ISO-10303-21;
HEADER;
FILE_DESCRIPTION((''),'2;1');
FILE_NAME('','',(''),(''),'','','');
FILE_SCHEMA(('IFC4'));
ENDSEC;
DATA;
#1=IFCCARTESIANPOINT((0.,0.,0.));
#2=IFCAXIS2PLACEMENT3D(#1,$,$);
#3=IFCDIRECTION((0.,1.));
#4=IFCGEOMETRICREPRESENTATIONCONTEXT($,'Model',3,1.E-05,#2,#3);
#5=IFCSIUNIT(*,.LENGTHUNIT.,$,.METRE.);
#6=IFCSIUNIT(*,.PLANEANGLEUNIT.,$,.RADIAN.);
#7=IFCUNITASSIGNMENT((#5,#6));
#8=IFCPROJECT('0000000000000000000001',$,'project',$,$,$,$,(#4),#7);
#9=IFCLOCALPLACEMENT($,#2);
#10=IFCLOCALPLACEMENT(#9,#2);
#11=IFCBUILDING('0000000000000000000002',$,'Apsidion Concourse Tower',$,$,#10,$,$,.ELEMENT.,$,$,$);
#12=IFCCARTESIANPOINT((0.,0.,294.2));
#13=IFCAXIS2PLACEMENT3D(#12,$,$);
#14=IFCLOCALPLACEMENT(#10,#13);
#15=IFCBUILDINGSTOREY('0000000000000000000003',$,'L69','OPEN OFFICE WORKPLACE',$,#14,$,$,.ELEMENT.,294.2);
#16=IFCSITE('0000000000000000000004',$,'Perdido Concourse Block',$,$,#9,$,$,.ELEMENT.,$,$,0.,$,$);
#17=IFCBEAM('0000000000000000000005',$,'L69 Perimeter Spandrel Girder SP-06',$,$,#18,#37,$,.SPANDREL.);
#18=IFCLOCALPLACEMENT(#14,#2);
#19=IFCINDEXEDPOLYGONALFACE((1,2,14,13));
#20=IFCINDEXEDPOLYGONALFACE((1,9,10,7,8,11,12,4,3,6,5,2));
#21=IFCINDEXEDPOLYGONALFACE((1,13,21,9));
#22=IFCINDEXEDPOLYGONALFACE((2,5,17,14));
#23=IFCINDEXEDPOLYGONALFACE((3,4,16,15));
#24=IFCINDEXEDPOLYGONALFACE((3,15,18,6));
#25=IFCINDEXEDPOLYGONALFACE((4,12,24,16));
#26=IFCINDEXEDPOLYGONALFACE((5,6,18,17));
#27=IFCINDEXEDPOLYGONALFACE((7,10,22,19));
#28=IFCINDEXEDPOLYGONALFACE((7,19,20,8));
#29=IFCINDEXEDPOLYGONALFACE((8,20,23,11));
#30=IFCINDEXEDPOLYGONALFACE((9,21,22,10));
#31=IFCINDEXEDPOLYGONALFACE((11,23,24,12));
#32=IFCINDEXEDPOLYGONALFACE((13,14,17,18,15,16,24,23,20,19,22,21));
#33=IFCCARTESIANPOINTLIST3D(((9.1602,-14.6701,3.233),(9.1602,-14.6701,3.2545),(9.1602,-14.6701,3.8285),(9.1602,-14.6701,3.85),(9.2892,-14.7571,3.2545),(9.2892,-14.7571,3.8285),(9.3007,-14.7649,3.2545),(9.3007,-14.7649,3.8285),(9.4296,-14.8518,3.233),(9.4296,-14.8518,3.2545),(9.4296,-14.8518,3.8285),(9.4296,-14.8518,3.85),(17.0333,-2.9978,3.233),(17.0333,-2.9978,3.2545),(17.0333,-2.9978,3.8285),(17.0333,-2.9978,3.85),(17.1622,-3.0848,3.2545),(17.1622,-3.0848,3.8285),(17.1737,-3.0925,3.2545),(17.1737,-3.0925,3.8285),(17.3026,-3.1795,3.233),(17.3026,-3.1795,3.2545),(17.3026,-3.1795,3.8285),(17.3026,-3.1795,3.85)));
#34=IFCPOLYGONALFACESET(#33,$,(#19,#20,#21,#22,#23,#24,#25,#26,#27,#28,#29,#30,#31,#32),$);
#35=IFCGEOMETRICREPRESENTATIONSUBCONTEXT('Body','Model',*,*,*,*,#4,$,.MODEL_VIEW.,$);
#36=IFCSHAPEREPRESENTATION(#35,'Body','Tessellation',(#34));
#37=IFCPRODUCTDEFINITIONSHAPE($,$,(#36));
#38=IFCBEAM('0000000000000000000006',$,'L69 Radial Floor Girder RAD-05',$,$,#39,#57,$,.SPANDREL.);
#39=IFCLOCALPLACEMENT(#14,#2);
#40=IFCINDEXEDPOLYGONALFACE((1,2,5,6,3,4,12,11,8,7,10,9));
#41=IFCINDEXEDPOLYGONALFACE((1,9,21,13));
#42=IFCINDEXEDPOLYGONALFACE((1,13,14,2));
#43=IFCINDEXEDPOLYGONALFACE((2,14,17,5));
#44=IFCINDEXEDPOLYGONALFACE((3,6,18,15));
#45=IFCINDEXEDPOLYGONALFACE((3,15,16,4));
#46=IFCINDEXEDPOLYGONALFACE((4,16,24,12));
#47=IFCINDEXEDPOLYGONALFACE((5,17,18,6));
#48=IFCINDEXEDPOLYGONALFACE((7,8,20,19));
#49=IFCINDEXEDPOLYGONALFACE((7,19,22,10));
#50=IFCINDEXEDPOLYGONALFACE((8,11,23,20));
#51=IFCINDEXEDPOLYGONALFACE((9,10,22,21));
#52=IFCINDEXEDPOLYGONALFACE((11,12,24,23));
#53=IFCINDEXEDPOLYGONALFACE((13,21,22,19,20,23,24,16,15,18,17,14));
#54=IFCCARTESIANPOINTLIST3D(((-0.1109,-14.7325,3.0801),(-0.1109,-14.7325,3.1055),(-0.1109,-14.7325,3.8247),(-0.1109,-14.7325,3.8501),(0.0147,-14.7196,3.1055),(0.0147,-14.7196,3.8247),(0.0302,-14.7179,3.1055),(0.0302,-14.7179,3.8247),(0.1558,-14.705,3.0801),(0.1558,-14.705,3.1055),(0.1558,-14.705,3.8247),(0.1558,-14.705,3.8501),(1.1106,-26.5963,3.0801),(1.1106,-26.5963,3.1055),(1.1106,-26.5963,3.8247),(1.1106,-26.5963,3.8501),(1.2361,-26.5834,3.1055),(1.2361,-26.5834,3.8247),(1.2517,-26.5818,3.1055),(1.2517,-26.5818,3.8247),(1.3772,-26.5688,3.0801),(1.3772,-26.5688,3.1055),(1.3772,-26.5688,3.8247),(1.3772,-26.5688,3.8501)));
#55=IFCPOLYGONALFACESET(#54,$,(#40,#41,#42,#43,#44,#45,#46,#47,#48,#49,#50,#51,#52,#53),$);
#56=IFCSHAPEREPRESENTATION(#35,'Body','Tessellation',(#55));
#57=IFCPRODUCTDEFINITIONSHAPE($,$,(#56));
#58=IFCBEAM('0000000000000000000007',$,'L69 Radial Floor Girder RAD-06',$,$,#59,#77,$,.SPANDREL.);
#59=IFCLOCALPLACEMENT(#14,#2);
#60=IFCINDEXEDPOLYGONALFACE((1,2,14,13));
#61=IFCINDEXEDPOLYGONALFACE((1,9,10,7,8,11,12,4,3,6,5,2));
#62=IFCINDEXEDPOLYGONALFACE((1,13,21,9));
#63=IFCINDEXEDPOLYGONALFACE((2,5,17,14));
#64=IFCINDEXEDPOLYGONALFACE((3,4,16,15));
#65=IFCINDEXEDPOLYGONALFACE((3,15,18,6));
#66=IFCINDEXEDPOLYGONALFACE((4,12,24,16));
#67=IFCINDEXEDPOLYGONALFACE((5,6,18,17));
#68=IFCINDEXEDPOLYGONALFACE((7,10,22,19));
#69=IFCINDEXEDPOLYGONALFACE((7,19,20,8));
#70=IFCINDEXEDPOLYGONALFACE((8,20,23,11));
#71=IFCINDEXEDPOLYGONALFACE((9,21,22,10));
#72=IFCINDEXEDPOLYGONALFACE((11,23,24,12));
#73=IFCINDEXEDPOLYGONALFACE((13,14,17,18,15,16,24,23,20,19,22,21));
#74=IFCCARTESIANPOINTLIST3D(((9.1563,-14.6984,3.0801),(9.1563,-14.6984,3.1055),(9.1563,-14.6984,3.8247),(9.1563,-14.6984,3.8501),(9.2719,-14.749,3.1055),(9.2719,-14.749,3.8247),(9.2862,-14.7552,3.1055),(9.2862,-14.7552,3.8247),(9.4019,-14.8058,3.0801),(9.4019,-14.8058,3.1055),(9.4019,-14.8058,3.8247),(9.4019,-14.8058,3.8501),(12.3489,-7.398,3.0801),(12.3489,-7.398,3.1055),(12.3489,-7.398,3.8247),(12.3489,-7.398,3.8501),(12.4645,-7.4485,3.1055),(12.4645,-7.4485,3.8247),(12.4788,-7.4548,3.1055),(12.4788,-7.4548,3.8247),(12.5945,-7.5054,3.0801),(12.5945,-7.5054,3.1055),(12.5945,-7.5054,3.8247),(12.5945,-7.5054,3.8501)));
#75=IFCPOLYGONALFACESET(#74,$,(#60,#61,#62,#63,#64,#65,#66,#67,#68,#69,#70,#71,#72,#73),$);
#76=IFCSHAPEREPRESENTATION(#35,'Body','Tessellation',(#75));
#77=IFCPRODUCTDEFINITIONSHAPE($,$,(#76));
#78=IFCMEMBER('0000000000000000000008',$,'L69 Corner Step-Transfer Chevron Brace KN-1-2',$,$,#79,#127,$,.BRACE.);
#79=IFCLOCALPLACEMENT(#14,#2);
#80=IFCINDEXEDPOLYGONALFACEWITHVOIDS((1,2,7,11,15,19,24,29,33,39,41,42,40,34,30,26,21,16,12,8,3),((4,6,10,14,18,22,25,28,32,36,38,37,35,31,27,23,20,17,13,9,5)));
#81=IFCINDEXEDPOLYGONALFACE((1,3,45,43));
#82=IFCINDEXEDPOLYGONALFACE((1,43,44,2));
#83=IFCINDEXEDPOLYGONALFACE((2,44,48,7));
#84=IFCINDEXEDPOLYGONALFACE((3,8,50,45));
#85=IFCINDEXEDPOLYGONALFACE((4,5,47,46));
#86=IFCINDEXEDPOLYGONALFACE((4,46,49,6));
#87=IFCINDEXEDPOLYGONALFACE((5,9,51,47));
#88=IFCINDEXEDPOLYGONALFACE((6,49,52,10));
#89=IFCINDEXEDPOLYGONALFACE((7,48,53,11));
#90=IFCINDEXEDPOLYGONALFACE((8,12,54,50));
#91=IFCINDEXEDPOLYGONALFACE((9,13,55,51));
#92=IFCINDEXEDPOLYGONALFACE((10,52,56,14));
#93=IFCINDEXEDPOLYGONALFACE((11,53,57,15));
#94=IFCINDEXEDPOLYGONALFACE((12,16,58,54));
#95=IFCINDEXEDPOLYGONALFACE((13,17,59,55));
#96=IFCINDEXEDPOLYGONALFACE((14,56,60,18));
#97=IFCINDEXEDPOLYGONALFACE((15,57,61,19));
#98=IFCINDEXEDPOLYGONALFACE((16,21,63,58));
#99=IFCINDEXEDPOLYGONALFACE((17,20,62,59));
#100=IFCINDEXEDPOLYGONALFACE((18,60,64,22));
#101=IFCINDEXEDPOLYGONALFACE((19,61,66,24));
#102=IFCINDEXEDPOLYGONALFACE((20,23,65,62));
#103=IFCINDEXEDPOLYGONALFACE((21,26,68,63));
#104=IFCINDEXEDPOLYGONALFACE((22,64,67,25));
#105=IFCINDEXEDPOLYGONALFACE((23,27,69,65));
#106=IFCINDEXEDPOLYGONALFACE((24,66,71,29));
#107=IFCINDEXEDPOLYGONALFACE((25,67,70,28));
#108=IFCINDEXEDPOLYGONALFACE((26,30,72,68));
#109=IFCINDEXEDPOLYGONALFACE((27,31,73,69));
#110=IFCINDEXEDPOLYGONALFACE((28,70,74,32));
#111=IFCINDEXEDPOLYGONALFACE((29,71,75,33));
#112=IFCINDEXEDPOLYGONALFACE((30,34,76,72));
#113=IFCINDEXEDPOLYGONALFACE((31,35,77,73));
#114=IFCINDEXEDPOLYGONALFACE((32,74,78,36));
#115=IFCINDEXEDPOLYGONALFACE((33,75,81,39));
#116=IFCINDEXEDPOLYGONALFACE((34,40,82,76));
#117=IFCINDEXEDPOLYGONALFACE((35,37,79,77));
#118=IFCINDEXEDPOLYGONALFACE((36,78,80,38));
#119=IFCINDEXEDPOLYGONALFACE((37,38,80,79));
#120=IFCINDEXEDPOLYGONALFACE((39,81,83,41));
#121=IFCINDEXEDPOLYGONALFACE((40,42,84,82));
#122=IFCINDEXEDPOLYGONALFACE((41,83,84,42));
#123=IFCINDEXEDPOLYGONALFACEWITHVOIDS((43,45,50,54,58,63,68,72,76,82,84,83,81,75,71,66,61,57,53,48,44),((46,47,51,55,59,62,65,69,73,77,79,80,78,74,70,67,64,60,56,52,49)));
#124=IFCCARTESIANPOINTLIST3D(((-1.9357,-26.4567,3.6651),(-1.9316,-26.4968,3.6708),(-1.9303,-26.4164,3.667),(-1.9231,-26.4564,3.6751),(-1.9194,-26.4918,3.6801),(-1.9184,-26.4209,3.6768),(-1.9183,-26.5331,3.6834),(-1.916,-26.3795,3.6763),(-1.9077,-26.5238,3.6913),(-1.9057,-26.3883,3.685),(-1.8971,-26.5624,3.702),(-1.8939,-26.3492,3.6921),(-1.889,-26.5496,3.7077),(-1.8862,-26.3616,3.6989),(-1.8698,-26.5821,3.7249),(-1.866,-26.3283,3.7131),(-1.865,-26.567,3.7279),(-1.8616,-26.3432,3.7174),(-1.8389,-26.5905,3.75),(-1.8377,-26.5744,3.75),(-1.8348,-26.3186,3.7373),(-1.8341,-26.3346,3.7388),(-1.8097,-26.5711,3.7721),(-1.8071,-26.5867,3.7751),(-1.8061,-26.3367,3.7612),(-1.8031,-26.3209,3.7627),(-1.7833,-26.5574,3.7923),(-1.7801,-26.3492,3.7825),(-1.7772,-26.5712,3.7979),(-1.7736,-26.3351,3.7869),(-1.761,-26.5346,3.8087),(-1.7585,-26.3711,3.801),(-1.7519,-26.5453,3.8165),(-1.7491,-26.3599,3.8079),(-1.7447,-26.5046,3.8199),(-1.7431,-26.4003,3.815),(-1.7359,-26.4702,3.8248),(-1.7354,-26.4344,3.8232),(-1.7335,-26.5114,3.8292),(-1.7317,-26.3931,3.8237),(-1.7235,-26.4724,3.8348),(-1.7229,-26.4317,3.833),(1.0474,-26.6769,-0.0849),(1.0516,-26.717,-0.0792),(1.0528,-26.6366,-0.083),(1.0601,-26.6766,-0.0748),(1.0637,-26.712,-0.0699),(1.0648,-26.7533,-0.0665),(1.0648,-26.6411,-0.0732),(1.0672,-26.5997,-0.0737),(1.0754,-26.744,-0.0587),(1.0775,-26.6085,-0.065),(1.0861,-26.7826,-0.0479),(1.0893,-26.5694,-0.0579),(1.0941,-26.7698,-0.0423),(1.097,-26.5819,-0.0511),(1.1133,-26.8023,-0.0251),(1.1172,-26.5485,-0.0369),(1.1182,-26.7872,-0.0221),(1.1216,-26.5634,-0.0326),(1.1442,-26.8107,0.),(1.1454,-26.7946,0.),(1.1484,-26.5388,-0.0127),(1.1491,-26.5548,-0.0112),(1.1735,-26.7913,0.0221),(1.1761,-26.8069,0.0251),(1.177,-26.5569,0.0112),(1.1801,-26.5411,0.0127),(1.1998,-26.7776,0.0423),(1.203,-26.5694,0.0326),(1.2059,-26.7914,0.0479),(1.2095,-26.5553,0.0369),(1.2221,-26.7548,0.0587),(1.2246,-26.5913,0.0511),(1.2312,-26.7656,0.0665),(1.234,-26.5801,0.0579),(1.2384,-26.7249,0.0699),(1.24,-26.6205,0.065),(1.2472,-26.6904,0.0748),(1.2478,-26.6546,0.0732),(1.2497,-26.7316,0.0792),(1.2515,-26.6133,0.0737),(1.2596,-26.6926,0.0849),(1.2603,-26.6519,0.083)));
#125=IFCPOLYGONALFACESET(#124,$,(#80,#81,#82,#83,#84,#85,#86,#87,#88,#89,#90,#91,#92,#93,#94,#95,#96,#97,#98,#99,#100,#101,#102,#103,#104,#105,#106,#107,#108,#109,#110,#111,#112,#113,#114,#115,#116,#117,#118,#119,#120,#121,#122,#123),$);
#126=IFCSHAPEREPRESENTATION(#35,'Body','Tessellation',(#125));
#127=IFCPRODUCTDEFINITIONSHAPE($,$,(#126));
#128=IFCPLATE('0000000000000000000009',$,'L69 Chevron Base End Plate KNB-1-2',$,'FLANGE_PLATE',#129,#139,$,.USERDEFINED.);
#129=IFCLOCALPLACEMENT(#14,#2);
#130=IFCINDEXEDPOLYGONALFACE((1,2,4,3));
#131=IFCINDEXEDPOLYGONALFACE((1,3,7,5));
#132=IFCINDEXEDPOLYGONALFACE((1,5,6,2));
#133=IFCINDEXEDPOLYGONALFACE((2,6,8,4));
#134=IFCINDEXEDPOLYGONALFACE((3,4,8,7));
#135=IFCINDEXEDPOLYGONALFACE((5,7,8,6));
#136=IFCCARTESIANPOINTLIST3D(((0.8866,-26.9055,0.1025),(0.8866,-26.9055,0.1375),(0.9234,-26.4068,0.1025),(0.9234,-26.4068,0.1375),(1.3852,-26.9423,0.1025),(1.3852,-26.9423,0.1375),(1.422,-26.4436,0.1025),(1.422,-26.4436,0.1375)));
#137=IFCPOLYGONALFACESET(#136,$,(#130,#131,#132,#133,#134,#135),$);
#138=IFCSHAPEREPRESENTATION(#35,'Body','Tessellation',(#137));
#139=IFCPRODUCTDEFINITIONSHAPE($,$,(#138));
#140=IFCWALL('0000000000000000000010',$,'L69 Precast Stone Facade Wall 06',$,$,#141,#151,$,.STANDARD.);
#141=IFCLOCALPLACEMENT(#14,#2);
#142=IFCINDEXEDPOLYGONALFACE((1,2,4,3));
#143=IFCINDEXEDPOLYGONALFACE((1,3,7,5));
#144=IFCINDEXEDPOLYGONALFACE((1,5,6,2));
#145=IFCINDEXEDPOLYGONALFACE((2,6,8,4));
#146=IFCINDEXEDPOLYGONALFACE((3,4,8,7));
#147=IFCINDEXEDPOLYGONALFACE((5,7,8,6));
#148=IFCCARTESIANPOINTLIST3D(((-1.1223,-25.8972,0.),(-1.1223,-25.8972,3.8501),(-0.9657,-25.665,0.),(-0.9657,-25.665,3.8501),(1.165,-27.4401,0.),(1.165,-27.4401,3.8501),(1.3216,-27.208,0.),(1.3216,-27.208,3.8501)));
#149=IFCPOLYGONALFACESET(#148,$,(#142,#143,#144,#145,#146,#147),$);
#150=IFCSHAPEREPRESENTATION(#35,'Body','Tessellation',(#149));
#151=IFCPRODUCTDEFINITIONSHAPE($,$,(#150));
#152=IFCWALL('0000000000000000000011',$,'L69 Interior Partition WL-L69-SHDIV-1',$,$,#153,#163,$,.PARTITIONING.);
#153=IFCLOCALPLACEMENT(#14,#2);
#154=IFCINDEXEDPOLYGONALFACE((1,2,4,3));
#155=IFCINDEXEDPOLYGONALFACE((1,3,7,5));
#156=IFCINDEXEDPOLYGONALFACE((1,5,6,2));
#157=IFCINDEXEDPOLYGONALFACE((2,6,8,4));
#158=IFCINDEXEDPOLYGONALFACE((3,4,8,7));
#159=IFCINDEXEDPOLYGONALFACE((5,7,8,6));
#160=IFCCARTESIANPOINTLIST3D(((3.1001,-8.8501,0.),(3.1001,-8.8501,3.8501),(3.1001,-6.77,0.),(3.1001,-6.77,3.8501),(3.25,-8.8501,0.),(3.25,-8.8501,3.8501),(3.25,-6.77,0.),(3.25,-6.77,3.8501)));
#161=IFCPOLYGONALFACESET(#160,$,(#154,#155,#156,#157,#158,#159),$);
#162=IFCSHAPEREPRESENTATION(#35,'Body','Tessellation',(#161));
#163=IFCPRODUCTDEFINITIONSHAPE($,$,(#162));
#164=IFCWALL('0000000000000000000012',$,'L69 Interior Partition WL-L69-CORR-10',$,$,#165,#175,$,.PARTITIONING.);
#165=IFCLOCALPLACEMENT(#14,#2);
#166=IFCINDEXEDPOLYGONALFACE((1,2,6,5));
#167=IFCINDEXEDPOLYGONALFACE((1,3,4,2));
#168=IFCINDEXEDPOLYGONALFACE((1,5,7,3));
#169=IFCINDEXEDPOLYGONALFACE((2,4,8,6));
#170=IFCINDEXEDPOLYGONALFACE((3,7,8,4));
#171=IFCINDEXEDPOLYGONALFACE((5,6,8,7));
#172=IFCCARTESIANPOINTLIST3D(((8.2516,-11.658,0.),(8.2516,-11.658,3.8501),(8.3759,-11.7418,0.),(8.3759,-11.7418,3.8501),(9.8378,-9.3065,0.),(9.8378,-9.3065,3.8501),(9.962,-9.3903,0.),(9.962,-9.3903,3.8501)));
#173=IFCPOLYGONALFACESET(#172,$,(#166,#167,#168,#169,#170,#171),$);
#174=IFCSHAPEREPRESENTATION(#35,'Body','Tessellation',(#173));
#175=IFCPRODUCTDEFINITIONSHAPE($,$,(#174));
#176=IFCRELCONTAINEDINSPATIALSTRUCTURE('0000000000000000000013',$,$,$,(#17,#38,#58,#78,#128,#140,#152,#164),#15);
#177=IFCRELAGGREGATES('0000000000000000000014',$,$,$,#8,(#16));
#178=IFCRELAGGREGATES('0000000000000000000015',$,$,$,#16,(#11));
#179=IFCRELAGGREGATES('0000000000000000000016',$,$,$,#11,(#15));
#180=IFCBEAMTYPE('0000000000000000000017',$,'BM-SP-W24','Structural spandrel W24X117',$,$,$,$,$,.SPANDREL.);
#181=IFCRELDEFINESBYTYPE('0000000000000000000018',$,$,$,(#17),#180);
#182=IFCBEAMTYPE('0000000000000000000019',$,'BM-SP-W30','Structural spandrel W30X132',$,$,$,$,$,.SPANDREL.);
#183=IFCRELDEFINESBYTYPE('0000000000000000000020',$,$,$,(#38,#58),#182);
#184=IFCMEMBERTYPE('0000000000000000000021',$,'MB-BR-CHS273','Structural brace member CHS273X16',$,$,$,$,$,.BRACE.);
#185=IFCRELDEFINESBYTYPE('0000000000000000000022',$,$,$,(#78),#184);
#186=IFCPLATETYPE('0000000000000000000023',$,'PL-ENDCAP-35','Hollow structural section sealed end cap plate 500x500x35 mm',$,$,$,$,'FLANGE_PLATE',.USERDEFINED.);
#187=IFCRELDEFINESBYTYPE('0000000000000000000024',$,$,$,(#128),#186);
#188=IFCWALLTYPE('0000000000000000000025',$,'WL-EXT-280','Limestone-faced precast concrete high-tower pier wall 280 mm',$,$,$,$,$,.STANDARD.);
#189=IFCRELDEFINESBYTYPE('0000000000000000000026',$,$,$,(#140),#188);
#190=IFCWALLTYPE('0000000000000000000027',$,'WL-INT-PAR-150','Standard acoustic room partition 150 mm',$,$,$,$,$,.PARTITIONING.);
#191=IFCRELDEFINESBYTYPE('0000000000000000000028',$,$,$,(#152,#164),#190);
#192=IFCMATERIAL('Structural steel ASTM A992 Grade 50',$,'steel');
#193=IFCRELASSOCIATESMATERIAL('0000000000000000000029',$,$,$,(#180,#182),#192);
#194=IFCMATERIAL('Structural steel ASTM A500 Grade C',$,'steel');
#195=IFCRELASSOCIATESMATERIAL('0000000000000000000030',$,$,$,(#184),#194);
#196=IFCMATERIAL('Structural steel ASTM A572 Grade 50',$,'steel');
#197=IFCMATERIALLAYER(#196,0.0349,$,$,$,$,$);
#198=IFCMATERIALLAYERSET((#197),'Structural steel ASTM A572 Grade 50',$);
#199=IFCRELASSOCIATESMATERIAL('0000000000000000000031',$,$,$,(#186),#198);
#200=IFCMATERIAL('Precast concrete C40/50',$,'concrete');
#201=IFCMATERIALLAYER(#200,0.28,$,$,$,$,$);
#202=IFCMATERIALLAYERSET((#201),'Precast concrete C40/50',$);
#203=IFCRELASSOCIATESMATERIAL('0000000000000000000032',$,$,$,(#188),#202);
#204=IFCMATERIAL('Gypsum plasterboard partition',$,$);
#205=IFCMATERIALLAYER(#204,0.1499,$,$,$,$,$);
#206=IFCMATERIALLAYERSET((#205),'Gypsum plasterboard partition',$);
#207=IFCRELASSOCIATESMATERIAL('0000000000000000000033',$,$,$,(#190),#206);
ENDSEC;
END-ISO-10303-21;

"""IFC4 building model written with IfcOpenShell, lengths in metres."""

from ifc_helpers import new_model, si_unit, direction, frame, frame_2d, origin, origin_2d, place, context, subcontext, project, spatial, rectangle, hollow_circle, i_section, extrude, material, layer, layer_set, material_profile, profile_set, type_object, element, save


model = new_model("IFC4")

# Units and contexts
model_context = context("Model", 3, precision=1e-05, world=origin(), true_north=direction((0.0, 1.0)))
body_context = subcontext(model_context, "Body", "Model", "MODEL_VIEW")
ifc_project = project(units=[si_unit("LENGTHUNIT", "METRE"), si_unit("PLANEANGLEUNIT", "RADIAN")], contexts=[model_context])

# Site, building, storey
site_placement = place(None, origin())
site = spatial("IfcSite", under=ifc_project, at=site_placement, Name="Perdido Concourse Block", CompositionType="ELEMENT", RefElevation=0.0)
building_placement = place(site_placement, origin())
building = spatial("IfcBuilding", under=site, at=building_placement, Name="Apsidion Concourse Tower", CompositionType="ELEMENT")
storey_placement = place(building_placement, frame((0.0, 0.0, 294.2)))
storey = spatial("IfcBuildingStorey", under=building, at=storey_placement, Name="L69", Description="OPEN OFFICE WORKPLACE", CompositionType="ELEMENT", Elevation=294.2)

# Shared definitions
ifc_material_1 = material(Name="Structural steel ASTM A992 Grade 50", Category="steel")

# Beams
ifc_material_profile_1 = material_profile(ifc_material_1, i_section(OverallWidth=0.325, OverallDepth=0.6169, WebThickness=0.0139, FlangeThickness=0.0215, at=origin_2d()), Name="W24X117")
ifc_profile_set_1 = profile_set([ifc_material_profile_1], Name="Structural steel ASTM A992 Grade 50")
beam_type_1 = type_object("IfcBeamType", Name="BM-SP-W24", Description="Structural spandrel W24X117", PredefinedType="SPANDREL", material=ifc_profile_set_1)
beam_1_placement = place(storey_placement, frame((9.2949, -14.761, 3.5415), z_axis=(0.55919, 0.82904, 0.0), x_axis=(-0.82904, 0.55919, 0.0)))
element("IfcBeam", 1, at=beam_1_placement, inside=storey, type_object=beam_type_1, Name="L69 Perimeter Spandrel Girder SP-06", PredefinedType="SPANDREL", context=body_context, shape_type="SweptSolid", body=[
    extrude(i_section(OverallWidth=0.325, OverallDepth=0.6169, WebThickness=0.0139, FlangeThickness=0.0215, at=origin_2d()), origin(), (0.0, 0.0, 1.0), 14.0793),
])
ifc_material_profile_2 = material_profile(ifc_material_1, i_section(OverallWidth=0.2681, OverallDepth=0.77, WebThickness=0.0156, FlangeThickness=0.0254, at=origin_2d()), Name="W30X132")
ifc_profile_set_2 = profile_set([ifc_material_profile_2], Name="Structural steel ASTM A992 Grade 50")
beam_type_2 = type_object("IfcBeamType", Name="BM-SP-W30", Description="Structural spandrel W30X132", PredefinedType="SPANDREL", material=ifc_profile_set_2)
beam_2_placement = place(storey_placement, frame((0.0225, -14.7188, 3.4651), z_axis=(0.102414, -0.994742, 0.0), x_axis=(0.994742, 0.102414, 0.0)))
element("IfcBeam", 2, at=beam_2_placement, inside=storey, type_object=beam_type_2, Name="L69 Radial Floor Girder RAD-05", PredefinedType="SPANDREL", context=body_context, shape_type="SweptSolid", body=[
    extrude(i_section(OverallWidth=0.2681, OverallDepth=0.77, WebThickness=0.0156, FlangeThickness=0.0254, at=origin_2d()), origin(), (0.0, 0.0, 1.0), 11.9265),
])
beam_3_placement = place(storey_placement, frame((12.4717, -7.4517, 3.4651), z_axis=(-0.400676, -0.91622, 0.0), x_axis=(0.91622, -0.400676, 0.0)))
element("IfcBeam", 3, at=beam_3_placement, inside=storey, type_object=beam_type_2, Name="L69 Radial Floor Girder RAD-06", PredefinedType="SPANDREL", context=body_context, shape_type="SweptSolid", body=[
    extrude(i_section(OverallWidth=0.2681, OverallDepth=0.77, WebThickness=0.0156, FlangeThickness=0.0254, at=origin_2d()), origin(), (0.0, 0.0, 1.0), 7.968),
])

# Member
ifc_material_2 = material(Name="Structural steel ASTM A500 Grade C", Category="steel")
ifc_material_profile_3 = material_profile(ifc_material_2, hollow_circle(Radius=0.1365, WallThickness=0.0161, at=origin_2d()), Name="CHS273X16")
ifc_profile_set_3 = profile_set([ifc_material_profile_3], Name="Structural steel ASTM A500 Grade C")
member_type = type_object("IfcMemberType", Name="MB-BR-CHS273", Description="Structural brace member CHS273X16", PredefinedType="BRACE", material=ifc_profile_set_3)
member_placement = place(storey_placement, frame((1.1543, -26.6746, 0.0), z_axis=(-0.621893, 0.045908, 0.781756), x_axis=(-0.073619, -0.997286, 0.0)))
element("IfcMember", 4, at=member_placement, inside=storey, type_object=member_type, Name="L69 Corner Step-Transfer Chevron Brace KN-1-2", PredefinedType="BRACE", context=body_context, shape_type="SweptSolid", body=[
    extrude(hollow_circle(Radius=0.1365, WallThickness=0.0161, at=origin_2d()), origin(), (0.0, 0.0, 1.0), 4.7969),
])

# Plate
ifc_material_3 = material(Name="Structural steel ASTM A572 Grade 50", Category="steel")
ifc_layer_1 = layer(ifc_material_3, 0.0349)
ifc_layer_set_1 = layer_set([ifc_layer_1], Name="Structural steel ASTM A572 Grade 50")
plate_type = type_object("IfcPlateType", Name="PL-ENDCAP-35", Description="Hollow structural section sealed end cap plate 500x500x35 mm", ElementType="FLANGE_PLATE", PredefinedType="USERDEFINED", material=ifc_layer_set_1)
plate_placement = place(storey_placement, frame((1.1543, -26.6746, 0.1025), z_axis=(0.0, 0.0, 1.0), x_axis=(-0.997289, 0.073586, 0.0)))
element("IfcPlate", 5, at=plate_placement, inside=storey, type_object=plate_type, Name="L69 Chevron Base End Plate KNB-1-2", ObjectType="FLANGE_PLATE", PredefinedType="USERDEFINED", context=body_context, shape_type="SweptSolid", body=[
    extrude(rectangle(XDim=0.5, YDim=0.5, at=origin_2d()), origin(), (0.0, 0.0, 1.0), 0.0349),
])

# Walls
ifc_material_4 = material(Name="Precast concrete C40/50", Category="concrete")
ifc_layer_2 = layer(ifc_material_4, 0.28)
ifc_layer_set_2 = layer_set([ifc_layer_2], Name="Precast concrete C40/50")
wall_type_1 = type_object("IfcWallType", Name="WL-EXT-280", Description="Limestone-faced precast concrete high-tower pier wall 280 mm", PredefinedType="STANDARD", material=ifc_layer_set_2)
wall_1_placement = place(storey_placement, frame((1.2432, -27.324, 0.0), z_axis=(0.0, 0.0, 1.0), x_axis=(-0.829016, 0.559225, 0.0)))
element("IfcWall", 6, at=wall_1_placement, inside=storey, type_object=wall_type_1, Name="L69 Precast Stone Facade Wall 06", PredefinedType="STANDARD", context=body_context, shape_type="SweptSolid", body=[
    extrude(rectangle(XDim=2.759, YDim=0.28, at=frame_2d((1.3794, 0.0))), origin(), (0.0, 0.0, 1.0), 3.8501),
])
ifc_material_5 = material(Name="Gypsum plasterboard partition")
ifc_layer_3 = layer(ifc_material_5, 0.1499)
ifc_layer_set_3 = layer_set([ifc_layer_3], Name="Gypsum plasterboard partition")
wall_type_2 = type_object("IfcWallType", Name="WL-INT-PAR-150", Description="Standard acoustic room partition 150 mm", PredefinedType="PARTITIONING", material=ifc_layer_set_3)
wall_2_placement = place(storey_placement, frame((3.175, -8.8501, 0.0), z_axis=(0.0, 0.0, 1.0), x_axis=(0.0, 1.0, 0.0)))
element("IfcWall", 7, at=wall_2_placement, inside=storey, type_object=wall_type_2, Name="L69 Interior Partition WL-L69-SHDIV-1", PredefinedType="PARTITIONING", context=body_context, shape_type="SweptSolid", body=[
    extrude(rectangle(XDim=2.0801, YDim=0.1499, at=frame_2d((1.04, 0.0))), origin(), (0.0, 0.0, 1.0), 3.8501),
])
wall_3_placement = place(storey_placement, frame((9.8999, -9.3484, 0.0), z_axis=(0.0, 0.0, 1.0), x_axis=(-0.559201, -0.829032, 0.0)))
element("IfcWall", 8, at=wall_3_placement, inside=storey, type_object=wall_type_2, Name="L69 Interior Partition WL-L69-CORR-10", PredefinedType="PARTITIONING", context=body_context, shape_type="SweptSolid", body=[
    extrude(rectangle(XDim=2.8364, YDim=0.1499, at=frame_2d((1.4182, 0.0))), origin(), (0.0, 0.0, 1.0), 3.8501),
])

save(model, "model.ifc")
